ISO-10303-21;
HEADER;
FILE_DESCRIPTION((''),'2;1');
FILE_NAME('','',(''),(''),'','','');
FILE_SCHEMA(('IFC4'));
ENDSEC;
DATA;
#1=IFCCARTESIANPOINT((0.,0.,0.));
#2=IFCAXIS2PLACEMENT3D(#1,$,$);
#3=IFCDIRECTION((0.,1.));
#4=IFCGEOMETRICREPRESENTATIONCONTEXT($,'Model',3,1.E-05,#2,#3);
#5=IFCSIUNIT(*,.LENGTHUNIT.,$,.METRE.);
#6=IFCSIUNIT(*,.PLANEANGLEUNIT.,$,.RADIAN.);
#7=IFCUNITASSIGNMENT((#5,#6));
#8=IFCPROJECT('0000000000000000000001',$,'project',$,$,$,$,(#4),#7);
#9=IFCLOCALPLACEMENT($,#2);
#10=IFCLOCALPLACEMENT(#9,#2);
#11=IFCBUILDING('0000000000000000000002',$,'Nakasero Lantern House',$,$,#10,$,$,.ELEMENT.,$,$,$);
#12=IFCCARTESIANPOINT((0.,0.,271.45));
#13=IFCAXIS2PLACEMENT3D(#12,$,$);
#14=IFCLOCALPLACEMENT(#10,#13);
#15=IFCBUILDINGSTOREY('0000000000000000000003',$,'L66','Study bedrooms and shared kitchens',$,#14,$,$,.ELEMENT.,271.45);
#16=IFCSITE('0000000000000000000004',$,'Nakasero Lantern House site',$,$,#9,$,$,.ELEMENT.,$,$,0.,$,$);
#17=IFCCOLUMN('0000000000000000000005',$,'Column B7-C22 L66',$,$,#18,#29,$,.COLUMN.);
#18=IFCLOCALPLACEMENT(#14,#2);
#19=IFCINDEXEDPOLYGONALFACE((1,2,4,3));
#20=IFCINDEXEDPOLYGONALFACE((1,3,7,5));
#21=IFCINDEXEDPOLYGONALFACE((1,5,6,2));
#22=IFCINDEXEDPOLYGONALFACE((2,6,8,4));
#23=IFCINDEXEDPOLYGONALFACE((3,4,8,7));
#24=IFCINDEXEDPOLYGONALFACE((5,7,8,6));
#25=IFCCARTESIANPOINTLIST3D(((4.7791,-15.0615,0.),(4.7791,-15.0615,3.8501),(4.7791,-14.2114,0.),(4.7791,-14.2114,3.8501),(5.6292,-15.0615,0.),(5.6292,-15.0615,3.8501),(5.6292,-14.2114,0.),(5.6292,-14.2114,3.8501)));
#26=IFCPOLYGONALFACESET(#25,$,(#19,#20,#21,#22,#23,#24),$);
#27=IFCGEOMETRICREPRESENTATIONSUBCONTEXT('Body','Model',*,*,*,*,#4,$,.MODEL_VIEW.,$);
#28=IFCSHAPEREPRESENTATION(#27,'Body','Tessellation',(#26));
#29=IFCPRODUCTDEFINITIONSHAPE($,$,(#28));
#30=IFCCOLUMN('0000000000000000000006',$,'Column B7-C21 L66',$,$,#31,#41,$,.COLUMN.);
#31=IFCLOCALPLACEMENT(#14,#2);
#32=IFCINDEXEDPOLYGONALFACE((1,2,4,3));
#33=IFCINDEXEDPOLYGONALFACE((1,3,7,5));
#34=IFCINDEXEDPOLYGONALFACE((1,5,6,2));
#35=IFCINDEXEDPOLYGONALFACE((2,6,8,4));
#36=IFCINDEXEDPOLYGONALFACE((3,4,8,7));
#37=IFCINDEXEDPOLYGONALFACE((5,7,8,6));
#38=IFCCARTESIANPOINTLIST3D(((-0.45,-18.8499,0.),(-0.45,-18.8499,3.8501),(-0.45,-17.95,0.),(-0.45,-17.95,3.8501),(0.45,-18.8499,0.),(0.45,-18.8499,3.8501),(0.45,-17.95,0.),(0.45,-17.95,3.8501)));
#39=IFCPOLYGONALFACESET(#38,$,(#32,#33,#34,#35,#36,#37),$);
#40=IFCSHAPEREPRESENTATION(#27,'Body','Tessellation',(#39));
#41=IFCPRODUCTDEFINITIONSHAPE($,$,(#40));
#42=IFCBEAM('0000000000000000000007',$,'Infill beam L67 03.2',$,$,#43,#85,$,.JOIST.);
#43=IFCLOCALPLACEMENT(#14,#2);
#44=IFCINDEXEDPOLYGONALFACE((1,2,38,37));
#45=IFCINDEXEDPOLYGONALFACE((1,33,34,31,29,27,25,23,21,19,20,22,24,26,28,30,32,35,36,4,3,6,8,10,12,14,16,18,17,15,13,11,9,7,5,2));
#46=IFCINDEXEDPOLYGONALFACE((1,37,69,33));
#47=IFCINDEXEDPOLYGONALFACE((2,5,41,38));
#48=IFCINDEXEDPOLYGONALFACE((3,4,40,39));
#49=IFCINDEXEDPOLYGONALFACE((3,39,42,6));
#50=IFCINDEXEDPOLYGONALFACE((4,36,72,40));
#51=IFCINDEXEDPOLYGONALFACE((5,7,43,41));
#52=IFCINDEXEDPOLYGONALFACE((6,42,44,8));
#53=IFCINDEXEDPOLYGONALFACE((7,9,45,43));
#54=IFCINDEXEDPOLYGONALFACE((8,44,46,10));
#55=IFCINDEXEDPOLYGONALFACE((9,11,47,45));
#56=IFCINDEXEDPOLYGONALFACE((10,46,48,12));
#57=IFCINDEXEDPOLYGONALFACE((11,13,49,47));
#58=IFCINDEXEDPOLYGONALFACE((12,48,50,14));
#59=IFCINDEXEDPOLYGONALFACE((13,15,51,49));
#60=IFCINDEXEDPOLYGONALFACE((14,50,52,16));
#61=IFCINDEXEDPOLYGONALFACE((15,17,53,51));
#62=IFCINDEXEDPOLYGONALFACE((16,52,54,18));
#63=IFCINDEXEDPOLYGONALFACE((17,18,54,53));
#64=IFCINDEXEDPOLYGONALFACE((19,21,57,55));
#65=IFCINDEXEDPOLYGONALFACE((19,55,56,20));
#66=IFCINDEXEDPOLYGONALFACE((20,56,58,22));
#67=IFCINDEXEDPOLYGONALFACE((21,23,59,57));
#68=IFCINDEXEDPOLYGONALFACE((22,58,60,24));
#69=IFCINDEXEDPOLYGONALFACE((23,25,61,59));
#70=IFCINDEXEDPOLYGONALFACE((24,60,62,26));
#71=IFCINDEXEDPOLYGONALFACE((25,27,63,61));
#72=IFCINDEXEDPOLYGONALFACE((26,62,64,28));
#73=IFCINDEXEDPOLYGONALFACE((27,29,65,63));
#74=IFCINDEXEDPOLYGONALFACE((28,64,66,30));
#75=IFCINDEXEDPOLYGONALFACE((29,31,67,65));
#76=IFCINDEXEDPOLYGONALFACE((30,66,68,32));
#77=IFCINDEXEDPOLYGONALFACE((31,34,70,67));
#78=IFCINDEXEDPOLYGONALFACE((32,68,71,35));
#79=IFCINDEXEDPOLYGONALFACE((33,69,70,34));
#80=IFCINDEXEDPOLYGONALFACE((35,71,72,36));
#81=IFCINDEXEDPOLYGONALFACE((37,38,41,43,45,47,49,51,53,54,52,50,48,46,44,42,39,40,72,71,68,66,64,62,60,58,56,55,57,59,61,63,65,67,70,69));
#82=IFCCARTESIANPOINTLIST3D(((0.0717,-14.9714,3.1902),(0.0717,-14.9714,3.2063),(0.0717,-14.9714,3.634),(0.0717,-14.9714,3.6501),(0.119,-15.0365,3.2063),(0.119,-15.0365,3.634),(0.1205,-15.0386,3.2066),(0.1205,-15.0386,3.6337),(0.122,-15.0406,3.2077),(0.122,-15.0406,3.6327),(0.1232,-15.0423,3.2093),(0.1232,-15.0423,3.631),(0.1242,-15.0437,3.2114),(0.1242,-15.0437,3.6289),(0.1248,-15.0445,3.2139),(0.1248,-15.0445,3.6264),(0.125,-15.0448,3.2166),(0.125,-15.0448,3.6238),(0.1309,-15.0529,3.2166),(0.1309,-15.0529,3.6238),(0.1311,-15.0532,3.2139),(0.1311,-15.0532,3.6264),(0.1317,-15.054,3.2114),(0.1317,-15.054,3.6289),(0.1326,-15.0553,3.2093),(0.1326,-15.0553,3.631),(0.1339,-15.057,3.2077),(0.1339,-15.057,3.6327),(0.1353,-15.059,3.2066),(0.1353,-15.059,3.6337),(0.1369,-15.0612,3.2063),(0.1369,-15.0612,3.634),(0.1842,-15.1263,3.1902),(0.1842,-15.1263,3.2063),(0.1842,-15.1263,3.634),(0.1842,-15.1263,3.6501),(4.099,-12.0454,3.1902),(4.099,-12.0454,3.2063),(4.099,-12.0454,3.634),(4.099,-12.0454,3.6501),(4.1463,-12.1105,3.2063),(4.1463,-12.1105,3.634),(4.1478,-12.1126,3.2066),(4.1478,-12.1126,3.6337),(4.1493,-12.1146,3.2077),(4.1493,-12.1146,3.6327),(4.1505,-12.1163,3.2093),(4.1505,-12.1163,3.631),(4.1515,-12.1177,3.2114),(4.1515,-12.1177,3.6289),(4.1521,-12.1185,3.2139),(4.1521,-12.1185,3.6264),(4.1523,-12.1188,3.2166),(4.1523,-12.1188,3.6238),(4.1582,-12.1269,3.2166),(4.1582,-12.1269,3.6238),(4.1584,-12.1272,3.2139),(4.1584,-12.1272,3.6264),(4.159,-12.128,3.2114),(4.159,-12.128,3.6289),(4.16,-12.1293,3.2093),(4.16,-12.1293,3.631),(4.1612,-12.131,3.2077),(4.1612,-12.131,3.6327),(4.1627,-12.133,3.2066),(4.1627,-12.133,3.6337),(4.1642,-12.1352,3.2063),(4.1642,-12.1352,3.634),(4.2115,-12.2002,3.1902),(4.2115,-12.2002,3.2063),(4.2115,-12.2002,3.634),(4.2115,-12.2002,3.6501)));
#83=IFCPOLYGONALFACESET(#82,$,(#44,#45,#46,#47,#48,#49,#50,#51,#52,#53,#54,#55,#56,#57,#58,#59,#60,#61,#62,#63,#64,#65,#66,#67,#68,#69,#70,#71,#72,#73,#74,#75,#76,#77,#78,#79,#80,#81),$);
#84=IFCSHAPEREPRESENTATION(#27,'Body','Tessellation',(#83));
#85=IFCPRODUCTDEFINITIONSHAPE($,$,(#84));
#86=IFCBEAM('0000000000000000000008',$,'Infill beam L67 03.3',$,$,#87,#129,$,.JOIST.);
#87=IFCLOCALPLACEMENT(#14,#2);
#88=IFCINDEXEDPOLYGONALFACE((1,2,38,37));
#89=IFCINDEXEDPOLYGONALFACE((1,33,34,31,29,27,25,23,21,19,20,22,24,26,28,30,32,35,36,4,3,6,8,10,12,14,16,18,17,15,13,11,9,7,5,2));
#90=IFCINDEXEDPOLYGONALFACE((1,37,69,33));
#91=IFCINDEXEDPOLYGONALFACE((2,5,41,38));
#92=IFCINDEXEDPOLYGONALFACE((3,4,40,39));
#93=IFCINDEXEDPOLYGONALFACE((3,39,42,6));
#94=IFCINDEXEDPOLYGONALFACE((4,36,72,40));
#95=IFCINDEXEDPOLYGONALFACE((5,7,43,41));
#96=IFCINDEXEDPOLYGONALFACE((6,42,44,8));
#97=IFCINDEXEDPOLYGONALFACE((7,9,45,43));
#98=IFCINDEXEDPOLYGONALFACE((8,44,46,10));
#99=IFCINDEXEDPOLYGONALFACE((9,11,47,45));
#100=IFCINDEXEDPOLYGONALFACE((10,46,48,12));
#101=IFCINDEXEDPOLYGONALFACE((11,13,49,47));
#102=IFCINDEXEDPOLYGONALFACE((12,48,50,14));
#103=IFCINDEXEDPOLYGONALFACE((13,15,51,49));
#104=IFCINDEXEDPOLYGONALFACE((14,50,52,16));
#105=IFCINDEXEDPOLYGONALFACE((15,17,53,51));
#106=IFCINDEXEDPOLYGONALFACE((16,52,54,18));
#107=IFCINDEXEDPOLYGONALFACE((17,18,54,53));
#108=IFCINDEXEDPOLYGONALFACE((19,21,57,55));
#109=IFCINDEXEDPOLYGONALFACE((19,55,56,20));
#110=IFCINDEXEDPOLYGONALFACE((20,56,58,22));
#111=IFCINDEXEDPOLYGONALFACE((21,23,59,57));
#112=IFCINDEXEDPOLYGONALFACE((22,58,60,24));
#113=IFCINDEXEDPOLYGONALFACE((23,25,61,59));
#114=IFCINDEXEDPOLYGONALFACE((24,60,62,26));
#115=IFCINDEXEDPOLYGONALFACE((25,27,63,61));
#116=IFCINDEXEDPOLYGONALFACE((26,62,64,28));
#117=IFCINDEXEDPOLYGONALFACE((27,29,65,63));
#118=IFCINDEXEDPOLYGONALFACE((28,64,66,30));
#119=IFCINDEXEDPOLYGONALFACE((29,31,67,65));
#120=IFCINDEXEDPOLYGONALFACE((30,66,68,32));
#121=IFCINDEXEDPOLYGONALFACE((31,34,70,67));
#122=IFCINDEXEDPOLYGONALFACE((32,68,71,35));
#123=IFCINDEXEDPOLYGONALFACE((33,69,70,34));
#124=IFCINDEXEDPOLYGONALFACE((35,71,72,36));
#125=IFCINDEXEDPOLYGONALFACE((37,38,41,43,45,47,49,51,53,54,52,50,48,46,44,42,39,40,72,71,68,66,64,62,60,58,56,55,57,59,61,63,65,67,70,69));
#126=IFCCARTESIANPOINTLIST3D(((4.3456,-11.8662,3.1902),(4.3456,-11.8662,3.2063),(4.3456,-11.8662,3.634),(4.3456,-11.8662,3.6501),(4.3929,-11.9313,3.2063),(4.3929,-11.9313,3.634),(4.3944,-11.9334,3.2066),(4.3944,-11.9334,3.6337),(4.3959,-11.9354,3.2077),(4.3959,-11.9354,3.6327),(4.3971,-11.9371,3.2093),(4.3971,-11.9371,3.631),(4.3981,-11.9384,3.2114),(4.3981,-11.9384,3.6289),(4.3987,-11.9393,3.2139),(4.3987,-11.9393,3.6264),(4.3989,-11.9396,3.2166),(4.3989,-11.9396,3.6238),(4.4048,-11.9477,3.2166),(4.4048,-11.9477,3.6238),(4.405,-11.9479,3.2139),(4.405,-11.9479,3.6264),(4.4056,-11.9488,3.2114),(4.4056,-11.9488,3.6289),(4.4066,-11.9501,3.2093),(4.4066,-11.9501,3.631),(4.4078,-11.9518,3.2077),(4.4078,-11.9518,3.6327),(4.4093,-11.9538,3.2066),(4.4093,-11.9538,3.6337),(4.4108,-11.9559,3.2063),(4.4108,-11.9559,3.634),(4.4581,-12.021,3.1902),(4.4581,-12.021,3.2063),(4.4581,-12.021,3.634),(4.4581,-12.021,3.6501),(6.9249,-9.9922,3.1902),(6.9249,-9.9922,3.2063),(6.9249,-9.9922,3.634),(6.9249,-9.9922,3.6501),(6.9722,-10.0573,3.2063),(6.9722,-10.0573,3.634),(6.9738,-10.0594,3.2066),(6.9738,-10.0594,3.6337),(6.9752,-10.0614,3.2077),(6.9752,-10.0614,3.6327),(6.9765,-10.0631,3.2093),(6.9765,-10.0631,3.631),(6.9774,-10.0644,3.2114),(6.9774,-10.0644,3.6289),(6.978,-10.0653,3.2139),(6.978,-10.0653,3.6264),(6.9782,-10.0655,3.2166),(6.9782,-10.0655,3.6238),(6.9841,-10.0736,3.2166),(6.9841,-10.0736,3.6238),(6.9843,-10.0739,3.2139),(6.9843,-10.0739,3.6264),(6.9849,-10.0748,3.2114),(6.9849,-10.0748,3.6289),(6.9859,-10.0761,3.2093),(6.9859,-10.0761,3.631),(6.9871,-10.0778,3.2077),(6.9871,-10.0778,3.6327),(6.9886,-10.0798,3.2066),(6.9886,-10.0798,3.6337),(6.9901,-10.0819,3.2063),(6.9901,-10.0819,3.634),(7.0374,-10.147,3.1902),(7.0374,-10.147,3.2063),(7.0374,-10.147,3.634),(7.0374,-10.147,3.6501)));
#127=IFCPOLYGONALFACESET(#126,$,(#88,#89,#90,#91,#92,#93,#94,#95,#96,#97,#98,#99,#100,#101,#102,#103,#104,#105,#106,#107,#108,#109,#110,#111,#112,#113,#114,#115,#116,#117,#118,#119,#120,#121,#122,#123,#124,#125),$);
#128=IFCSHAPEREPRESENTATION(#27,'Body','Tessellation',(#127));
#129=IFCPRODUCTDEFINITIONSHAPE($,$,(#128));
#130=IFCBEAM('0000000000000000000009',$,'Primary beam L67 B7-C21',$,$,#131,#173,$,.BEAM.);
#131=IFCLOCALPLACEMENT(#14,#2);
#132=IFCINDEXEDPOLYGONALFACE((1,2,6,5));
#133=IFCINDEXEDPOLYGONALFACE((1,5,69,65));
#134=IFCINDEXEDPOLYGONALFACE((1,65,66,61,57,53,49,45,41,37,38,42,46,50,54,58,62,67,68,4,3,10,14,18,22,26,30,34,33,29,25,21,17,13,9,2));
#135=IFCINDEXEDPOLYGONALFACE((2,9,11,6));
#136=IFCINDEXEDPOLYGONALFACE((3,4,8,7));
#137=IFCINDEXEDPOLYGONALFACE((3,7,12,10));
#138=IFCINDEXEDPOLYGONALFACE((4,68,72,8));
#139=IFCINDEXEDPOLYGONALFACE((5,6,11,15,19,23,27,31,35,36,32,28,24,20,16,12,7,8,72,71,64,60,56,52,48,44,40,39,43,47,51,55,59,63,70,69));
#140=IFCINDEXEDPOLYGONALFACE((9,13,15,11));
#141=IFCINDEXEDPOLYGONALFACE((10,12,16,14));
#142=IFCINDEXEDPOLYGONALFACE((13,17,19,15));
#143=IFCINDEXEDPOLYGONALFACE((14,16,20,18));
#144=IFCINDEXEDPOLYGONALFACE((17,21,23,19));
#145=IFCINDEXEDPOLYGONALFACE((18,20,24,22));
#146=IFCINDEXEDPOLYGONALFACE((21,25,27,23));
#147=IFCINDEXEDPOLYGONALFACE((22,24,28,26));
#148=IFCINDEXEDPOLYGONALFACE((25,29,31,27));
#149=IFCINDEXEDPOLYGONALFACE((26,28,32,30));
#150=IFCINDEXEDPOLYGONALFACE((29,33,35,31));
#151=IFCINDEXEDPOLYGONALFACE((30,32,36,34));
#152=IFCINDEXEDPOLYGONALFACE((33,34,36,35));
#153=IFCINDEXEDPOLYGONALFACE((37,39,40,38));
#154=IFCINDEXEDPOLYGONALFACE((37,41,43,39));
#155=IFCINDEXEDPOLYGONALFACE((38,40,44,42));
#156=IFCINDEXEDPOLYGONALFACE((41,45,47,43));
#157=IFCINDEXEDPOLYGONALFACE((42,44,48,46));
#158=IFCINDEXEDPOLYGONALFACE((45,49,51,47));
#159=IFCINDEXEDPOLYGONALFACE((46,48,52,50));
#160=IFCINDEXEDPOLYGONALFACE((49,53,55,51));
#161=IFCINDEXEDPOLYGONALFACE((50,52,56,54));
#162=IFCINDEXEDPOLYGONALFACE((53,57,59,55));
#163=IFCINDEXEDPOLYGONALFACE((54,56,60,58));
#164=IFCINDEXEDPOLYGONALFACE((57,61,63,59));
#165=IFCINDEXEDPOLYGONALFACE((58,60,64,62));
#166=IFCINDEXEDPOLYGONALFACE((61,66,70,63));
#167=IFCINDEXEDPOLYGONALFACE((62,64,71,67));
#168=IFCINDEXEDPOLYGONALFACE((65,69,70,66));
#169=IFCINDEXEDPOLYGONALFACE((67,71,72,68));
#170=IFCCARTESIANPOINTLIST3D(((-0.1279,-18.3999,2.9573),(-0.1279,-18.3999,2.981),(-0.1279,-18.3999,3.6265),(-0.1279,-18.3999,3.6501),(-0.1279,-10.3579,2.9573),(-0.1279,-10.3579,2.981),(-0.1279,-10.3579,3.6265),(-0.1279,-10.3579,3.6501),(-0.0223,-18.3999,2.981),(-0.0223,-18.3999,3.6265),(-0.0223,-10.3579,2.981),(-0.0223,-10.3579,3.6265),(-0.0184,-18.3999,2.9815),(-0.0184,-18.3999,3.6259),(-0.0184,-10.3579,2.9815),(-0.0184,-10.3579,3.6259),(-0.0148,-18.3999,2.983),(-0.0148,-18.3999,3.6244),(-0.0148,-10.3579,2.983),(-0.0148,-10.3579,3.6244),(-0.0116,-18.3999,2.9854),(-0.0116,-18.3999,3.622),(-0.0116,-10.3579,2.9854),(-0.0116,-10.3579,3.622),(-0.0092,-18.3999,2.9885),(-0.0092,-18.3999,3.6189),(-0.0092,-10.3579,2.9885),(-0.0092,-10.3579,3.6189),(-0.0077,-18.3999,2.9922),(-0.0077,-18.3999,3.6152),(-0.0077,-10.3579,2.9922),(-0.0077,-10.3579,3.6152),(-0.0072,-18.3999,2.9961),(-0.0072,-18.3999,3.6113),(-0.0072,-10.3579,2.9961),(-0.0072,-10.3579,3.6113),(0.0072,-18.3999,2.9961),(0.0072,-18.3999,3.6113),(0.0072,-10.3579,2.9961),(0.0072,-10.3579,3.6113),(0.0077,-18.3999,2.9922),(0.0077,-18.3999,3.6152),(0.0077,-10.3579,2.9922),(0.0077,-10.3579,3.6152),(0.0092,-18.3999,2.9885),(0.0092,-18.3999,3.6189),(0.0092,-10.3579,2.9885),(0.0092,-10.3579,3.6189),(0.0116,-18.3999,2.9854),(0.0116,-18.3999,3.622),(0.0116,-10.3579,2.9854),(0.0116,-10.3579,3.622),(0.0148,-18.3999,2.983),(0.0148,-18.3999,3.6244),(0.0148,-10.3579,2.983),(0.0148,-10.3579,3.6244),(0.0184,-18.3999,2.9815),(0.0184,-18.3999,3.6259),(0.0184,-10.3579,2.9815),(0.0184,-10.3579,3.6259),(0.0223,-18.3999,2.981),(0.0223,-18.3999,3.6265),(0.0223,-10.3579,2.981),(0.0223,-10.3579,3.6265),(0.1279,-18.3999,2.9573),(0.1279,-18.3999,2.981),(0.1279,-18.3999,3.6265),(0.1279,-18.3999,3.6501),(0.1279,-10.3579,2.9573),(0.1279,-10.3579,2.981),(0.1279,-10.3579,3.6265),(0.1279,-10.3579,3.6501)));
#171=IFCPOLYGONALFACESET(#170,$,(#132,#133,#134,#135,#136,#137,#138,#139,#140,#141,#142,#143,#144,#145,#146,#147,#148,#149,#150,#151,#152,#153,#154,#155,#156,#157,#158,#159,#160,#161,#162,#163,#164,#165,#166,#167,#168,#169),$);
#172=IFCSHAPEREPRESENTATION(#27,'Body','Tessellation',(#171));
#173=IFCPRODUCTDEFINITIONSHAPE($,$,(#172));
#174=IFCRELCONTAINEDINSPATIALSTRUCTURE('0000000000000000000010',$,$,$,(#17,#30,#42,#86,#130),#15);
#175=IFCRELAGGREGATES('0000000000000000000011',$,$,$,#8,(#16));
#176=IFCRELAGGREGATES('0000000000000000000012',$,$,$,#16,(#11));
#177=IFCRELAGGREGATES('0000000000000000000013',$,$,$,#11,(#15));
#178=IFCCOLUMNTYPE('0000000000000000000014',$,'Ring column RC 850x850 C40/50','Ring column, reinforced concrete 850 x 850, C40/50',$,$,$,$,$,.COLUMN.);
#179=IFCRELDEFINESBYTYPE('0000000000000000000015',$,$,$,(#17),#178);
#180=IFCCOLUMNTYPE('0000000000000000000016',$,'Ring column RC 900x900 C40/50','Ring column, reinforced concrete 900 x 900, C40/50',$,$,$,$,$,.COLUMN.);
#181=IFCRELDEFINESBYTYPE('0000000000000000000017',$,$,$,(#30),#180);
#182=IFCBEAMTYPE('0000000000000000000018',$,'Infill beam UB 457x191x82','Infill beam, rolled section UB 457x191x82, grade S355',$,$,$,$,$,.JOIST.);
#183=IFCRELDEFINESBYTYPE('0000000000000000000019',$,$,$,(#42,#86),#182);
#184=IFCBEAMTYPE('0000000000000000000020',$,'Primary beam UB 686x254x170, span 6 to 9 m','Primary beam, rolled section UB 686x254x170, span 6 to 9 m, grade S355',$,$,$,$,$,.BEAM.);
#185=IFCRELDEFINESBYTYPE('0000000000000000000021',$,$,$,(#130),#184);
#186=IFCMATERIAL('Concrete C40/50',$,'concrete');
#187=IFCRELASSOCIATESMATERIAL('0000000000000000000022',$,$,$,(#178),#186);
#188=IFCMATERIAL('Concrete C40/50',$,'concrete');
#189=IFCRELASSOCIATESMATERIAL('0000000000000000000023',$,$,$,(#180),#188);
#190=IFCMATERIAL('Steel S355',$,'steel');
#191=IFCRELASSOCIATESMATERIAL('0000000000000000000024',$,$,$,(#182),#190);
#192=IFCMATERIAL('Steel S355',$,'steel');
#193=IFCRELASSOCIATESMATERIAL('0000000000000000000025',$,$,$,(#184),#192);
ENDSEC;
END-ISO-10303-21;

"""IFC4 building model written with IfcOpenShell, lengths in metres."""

from ifc_helpers import new_model, si_unit, direction, frame, origin, origin_2d, place, context, subcontext, project, spatial, rectangle, i_section, extrude, material, material_profile, profile_set, type_object, element, save


model = new_model("IFC4")

# Units and contexts
model_context = context("Model", 3, precision=1e-05, world=origin(), true_north=direction((0.0, 1.0)))
body_context = subcontext(model_context, "Body", "Model", "MODEL_VIEW")
ifc_project = project(units=[si_unit("LENGTHUNIT", "METRE"), si_unit("PLANEANGLEUNIT", "RADIAN")], contexts=[model_context])

# Site, building, storey
site_placement = place(None, origin())
site = spatial("IfcSite", under=ifc_project, at=site_placement, Name="Nakasero Lantern House site", CompositionType="ELEMENT", RefElevation=0.0)
building_placement = place(site_placement, origin())
building = spatial("IfcBuilding", under=site, at=building_placement, Name="Nakasero Lantern House", CompositionType="ELEMENT")
storey_placement = place(building_placement, frame((0.0, 0.0, 271.45)))
storey = spatial("IfcBuildingStorey", under=building, at=storey_placement, Name="L66", Description="Study bedrooms and shared kitchens", CompositionType="ELEMENT", Elevation=271.45)

# Columns
ifc_material_1 = material(Name="Concrete C40/50", Category="concrete")
ifc_material_profile_1 = material_profile(ifc_material_1, rectangle(XDim=0.8501, YDim=0.8501, at=origin_2d()), Name="RC 850x850")
ifc_profile_set_1 = profile_set([ifc_material_profile_1], Name="Concrete C40/50")
column_type_1 = type_object("IfcColumnType", Name="Ring column RC 850x850 C40/50", Description="Ring column, reinforced concrete 850 x 850, C40/50", PredefinedType="COLUMN", material=ifc_profile_set_1)
column_1_placement = place(storey_placement, frame((5.2041, -14.6365, 0.0), z_axis=(0.0, 0.0, 1.0), x_axis=(1.0, 0.0, 0.0)))
element("IfcColumn", 1, at=column_1_placement, inside=storey, type_object=column_type_1, Name="Column B7-C22 L66", PredefinedType="COLUMN", context=body_context, shape_type="SweptSolid", body=[
    extrude(rectangle(XDim=0.8501, YDim=0.8501, at=origin_2d()), origin(), (0.0, 0.0, 1.0), 3.8501),
])
ifc_material_2 = material(Name="Concrete C40/50", Category="concrete")
ifc_material_profile_2 = material_profile(ifc_material_2, rectangle(XDim=0.8999, YDim=0.8999, at=origin_2d()), Name="RC 900x900")
ifc_profile_set_2 = profile_set([ifc_material_profile_2], Name="Concrete C40/50")
column_type_2 = type_object("IfcColumnType", Name="Ring column RC 900x900 C40/50", Description="Ring column, reinforced concrete 900 x 900, C40/50", PredefinedType="COLUMN", material=ifc_profile_set_2)
column_2_placement = place(storey_placement, frame((0.0, -18.3999, 0.0), z_axis=(0.0, 0.0, 1.0), x_axis=(1.0, 0.0, 0.0)))
element("IfcColumn", 2, at=column_2_placement, inside=storey, type_object=column_type_2, Name="Column B7-C21 L66", PredefinedType="COLUMN", context=body_context, shape_type="SweptSolid", body=[
    extrude(rectangle(XDim=0.8999, YDim=0.8999, at=origin_2d()), origin(), (0.0, 0.0, 1.0), 3.8501),
])

# Beams
ifc_material_3 = material(Name="Steel S355", Category="steel")
ifc_material_profile_3 = material_profile(ifc_material_3, i_section(OverallWidth=0.1914, OverallDepth=0.46, WebThickness=0.01, FlangeThickness=0.0161, FilletRadius=0.0103, at=origin_2d()), Name="UB 457x191x82")
ifc_profile_set_3 = profile_set([ifc_material_profile_3], Name="Steel S355")
beam_type_1 = type_object("IfcBeamType", Name="Infill beam UB 457x191x82", Description="Infill beam, rolled section UB 457x191x82, grade S355", PredefinedType="JOIST", material=ifc_profile_set_3)
beam_1_placement = place(storey_placement, frame((0.1279, -15.0488, 3.4202), z_axis=(0.809018, 0.587784, 0.0), x_axis=(-0.587784, 0.809018, 0.0)))
element("IfcBeam", 3, at=beam_1_placement, inside=storey, type_object=beam_type_1, Name="Infill beam L67 03.2", PredefinedType="JOIST", context=body_context, shape_type="SweptSolid", body=[
    extrude(i_section(OverallWidth=0.1914, OverallDepth=0.46, WebThickness=0.01, FlangeThickness=0.0161, FilletRadius=0.0103, at=origin_2d()), origin(), (0.0, 0.0, 1.0), 4.978),
])
beam_2_placement = place(storey_placement, frame((4.4019, -11.9436, 3.4202), z_axis=(0.809014, 0.587789, 0.0), x_axis=(-0.587789, 0.809014, 0.0)))
element("IfcBeam", 4, at=beam_2_placement, inside=storey, type_object=beam_type_1, Name="Infill beam L67 03.3", PredefinedType="JOIST", context=body_context, shape_type="SweptSolid", body=[
    extrude(i_section(OverallWidth=0.1914, OverallDepth=0.46, WebThickness=0.01, FlangeThickness=0.0161, FilletRadius=0.0103, at=origin_2d()), origin(), (0.0, 0.0, 1.0), 3.1882),
])
ifc_material_4 = material(Name="Steel S355", Category="steel")
ifc_material_profile_4 = material_profile(ifc_material_4, i_section(OverallWidth=0.2559, OverallDepth=0.6929, WebThickness=0.0144, FlangeThickness=0.0237, FilletRadius=0.0151, at=origin_2d()), Name="UB 686x254x170")
ifc_profile_set_4 = profile_set([ifc_material_profile_4], Name="Steel S355")
beam_type_2 = type_object("IfcBeamType", Name="Primary beam UB 686x254x170, span 6 to 9 m", Description="Primary beam, rolled section UB 686x254x170, span 6 to 9 m, grade S355", PredefinedType="BEAM", material=ifc_profile_set_4)
beam_3_placement = place(storey_placement, frame((0.0, -18.3999, 3.3037), z_axis=(0.0, 1.0, 0.0), x_axis=(-1.0, 0.0, 0.0)))
element("IfcBeam", 5, at=beam_3_placement, inside=storey, type_object=beam_type_2, Name="Primary beam L67 B7-C21", PredefinedType="BEAM", context=body_context, shape_type="SweptSolid", body=[
    extrude(i_section(OverallWidth=0.2559, OverallDepth=0.6929, WebThickness=0.0144, FlangeThickness=0.0237, FilletRadius=0.0151, at=origin_2d()), origin(), (0.0, 0.0, 1.0), 8.042),
])

save(model, "model.ifc")
